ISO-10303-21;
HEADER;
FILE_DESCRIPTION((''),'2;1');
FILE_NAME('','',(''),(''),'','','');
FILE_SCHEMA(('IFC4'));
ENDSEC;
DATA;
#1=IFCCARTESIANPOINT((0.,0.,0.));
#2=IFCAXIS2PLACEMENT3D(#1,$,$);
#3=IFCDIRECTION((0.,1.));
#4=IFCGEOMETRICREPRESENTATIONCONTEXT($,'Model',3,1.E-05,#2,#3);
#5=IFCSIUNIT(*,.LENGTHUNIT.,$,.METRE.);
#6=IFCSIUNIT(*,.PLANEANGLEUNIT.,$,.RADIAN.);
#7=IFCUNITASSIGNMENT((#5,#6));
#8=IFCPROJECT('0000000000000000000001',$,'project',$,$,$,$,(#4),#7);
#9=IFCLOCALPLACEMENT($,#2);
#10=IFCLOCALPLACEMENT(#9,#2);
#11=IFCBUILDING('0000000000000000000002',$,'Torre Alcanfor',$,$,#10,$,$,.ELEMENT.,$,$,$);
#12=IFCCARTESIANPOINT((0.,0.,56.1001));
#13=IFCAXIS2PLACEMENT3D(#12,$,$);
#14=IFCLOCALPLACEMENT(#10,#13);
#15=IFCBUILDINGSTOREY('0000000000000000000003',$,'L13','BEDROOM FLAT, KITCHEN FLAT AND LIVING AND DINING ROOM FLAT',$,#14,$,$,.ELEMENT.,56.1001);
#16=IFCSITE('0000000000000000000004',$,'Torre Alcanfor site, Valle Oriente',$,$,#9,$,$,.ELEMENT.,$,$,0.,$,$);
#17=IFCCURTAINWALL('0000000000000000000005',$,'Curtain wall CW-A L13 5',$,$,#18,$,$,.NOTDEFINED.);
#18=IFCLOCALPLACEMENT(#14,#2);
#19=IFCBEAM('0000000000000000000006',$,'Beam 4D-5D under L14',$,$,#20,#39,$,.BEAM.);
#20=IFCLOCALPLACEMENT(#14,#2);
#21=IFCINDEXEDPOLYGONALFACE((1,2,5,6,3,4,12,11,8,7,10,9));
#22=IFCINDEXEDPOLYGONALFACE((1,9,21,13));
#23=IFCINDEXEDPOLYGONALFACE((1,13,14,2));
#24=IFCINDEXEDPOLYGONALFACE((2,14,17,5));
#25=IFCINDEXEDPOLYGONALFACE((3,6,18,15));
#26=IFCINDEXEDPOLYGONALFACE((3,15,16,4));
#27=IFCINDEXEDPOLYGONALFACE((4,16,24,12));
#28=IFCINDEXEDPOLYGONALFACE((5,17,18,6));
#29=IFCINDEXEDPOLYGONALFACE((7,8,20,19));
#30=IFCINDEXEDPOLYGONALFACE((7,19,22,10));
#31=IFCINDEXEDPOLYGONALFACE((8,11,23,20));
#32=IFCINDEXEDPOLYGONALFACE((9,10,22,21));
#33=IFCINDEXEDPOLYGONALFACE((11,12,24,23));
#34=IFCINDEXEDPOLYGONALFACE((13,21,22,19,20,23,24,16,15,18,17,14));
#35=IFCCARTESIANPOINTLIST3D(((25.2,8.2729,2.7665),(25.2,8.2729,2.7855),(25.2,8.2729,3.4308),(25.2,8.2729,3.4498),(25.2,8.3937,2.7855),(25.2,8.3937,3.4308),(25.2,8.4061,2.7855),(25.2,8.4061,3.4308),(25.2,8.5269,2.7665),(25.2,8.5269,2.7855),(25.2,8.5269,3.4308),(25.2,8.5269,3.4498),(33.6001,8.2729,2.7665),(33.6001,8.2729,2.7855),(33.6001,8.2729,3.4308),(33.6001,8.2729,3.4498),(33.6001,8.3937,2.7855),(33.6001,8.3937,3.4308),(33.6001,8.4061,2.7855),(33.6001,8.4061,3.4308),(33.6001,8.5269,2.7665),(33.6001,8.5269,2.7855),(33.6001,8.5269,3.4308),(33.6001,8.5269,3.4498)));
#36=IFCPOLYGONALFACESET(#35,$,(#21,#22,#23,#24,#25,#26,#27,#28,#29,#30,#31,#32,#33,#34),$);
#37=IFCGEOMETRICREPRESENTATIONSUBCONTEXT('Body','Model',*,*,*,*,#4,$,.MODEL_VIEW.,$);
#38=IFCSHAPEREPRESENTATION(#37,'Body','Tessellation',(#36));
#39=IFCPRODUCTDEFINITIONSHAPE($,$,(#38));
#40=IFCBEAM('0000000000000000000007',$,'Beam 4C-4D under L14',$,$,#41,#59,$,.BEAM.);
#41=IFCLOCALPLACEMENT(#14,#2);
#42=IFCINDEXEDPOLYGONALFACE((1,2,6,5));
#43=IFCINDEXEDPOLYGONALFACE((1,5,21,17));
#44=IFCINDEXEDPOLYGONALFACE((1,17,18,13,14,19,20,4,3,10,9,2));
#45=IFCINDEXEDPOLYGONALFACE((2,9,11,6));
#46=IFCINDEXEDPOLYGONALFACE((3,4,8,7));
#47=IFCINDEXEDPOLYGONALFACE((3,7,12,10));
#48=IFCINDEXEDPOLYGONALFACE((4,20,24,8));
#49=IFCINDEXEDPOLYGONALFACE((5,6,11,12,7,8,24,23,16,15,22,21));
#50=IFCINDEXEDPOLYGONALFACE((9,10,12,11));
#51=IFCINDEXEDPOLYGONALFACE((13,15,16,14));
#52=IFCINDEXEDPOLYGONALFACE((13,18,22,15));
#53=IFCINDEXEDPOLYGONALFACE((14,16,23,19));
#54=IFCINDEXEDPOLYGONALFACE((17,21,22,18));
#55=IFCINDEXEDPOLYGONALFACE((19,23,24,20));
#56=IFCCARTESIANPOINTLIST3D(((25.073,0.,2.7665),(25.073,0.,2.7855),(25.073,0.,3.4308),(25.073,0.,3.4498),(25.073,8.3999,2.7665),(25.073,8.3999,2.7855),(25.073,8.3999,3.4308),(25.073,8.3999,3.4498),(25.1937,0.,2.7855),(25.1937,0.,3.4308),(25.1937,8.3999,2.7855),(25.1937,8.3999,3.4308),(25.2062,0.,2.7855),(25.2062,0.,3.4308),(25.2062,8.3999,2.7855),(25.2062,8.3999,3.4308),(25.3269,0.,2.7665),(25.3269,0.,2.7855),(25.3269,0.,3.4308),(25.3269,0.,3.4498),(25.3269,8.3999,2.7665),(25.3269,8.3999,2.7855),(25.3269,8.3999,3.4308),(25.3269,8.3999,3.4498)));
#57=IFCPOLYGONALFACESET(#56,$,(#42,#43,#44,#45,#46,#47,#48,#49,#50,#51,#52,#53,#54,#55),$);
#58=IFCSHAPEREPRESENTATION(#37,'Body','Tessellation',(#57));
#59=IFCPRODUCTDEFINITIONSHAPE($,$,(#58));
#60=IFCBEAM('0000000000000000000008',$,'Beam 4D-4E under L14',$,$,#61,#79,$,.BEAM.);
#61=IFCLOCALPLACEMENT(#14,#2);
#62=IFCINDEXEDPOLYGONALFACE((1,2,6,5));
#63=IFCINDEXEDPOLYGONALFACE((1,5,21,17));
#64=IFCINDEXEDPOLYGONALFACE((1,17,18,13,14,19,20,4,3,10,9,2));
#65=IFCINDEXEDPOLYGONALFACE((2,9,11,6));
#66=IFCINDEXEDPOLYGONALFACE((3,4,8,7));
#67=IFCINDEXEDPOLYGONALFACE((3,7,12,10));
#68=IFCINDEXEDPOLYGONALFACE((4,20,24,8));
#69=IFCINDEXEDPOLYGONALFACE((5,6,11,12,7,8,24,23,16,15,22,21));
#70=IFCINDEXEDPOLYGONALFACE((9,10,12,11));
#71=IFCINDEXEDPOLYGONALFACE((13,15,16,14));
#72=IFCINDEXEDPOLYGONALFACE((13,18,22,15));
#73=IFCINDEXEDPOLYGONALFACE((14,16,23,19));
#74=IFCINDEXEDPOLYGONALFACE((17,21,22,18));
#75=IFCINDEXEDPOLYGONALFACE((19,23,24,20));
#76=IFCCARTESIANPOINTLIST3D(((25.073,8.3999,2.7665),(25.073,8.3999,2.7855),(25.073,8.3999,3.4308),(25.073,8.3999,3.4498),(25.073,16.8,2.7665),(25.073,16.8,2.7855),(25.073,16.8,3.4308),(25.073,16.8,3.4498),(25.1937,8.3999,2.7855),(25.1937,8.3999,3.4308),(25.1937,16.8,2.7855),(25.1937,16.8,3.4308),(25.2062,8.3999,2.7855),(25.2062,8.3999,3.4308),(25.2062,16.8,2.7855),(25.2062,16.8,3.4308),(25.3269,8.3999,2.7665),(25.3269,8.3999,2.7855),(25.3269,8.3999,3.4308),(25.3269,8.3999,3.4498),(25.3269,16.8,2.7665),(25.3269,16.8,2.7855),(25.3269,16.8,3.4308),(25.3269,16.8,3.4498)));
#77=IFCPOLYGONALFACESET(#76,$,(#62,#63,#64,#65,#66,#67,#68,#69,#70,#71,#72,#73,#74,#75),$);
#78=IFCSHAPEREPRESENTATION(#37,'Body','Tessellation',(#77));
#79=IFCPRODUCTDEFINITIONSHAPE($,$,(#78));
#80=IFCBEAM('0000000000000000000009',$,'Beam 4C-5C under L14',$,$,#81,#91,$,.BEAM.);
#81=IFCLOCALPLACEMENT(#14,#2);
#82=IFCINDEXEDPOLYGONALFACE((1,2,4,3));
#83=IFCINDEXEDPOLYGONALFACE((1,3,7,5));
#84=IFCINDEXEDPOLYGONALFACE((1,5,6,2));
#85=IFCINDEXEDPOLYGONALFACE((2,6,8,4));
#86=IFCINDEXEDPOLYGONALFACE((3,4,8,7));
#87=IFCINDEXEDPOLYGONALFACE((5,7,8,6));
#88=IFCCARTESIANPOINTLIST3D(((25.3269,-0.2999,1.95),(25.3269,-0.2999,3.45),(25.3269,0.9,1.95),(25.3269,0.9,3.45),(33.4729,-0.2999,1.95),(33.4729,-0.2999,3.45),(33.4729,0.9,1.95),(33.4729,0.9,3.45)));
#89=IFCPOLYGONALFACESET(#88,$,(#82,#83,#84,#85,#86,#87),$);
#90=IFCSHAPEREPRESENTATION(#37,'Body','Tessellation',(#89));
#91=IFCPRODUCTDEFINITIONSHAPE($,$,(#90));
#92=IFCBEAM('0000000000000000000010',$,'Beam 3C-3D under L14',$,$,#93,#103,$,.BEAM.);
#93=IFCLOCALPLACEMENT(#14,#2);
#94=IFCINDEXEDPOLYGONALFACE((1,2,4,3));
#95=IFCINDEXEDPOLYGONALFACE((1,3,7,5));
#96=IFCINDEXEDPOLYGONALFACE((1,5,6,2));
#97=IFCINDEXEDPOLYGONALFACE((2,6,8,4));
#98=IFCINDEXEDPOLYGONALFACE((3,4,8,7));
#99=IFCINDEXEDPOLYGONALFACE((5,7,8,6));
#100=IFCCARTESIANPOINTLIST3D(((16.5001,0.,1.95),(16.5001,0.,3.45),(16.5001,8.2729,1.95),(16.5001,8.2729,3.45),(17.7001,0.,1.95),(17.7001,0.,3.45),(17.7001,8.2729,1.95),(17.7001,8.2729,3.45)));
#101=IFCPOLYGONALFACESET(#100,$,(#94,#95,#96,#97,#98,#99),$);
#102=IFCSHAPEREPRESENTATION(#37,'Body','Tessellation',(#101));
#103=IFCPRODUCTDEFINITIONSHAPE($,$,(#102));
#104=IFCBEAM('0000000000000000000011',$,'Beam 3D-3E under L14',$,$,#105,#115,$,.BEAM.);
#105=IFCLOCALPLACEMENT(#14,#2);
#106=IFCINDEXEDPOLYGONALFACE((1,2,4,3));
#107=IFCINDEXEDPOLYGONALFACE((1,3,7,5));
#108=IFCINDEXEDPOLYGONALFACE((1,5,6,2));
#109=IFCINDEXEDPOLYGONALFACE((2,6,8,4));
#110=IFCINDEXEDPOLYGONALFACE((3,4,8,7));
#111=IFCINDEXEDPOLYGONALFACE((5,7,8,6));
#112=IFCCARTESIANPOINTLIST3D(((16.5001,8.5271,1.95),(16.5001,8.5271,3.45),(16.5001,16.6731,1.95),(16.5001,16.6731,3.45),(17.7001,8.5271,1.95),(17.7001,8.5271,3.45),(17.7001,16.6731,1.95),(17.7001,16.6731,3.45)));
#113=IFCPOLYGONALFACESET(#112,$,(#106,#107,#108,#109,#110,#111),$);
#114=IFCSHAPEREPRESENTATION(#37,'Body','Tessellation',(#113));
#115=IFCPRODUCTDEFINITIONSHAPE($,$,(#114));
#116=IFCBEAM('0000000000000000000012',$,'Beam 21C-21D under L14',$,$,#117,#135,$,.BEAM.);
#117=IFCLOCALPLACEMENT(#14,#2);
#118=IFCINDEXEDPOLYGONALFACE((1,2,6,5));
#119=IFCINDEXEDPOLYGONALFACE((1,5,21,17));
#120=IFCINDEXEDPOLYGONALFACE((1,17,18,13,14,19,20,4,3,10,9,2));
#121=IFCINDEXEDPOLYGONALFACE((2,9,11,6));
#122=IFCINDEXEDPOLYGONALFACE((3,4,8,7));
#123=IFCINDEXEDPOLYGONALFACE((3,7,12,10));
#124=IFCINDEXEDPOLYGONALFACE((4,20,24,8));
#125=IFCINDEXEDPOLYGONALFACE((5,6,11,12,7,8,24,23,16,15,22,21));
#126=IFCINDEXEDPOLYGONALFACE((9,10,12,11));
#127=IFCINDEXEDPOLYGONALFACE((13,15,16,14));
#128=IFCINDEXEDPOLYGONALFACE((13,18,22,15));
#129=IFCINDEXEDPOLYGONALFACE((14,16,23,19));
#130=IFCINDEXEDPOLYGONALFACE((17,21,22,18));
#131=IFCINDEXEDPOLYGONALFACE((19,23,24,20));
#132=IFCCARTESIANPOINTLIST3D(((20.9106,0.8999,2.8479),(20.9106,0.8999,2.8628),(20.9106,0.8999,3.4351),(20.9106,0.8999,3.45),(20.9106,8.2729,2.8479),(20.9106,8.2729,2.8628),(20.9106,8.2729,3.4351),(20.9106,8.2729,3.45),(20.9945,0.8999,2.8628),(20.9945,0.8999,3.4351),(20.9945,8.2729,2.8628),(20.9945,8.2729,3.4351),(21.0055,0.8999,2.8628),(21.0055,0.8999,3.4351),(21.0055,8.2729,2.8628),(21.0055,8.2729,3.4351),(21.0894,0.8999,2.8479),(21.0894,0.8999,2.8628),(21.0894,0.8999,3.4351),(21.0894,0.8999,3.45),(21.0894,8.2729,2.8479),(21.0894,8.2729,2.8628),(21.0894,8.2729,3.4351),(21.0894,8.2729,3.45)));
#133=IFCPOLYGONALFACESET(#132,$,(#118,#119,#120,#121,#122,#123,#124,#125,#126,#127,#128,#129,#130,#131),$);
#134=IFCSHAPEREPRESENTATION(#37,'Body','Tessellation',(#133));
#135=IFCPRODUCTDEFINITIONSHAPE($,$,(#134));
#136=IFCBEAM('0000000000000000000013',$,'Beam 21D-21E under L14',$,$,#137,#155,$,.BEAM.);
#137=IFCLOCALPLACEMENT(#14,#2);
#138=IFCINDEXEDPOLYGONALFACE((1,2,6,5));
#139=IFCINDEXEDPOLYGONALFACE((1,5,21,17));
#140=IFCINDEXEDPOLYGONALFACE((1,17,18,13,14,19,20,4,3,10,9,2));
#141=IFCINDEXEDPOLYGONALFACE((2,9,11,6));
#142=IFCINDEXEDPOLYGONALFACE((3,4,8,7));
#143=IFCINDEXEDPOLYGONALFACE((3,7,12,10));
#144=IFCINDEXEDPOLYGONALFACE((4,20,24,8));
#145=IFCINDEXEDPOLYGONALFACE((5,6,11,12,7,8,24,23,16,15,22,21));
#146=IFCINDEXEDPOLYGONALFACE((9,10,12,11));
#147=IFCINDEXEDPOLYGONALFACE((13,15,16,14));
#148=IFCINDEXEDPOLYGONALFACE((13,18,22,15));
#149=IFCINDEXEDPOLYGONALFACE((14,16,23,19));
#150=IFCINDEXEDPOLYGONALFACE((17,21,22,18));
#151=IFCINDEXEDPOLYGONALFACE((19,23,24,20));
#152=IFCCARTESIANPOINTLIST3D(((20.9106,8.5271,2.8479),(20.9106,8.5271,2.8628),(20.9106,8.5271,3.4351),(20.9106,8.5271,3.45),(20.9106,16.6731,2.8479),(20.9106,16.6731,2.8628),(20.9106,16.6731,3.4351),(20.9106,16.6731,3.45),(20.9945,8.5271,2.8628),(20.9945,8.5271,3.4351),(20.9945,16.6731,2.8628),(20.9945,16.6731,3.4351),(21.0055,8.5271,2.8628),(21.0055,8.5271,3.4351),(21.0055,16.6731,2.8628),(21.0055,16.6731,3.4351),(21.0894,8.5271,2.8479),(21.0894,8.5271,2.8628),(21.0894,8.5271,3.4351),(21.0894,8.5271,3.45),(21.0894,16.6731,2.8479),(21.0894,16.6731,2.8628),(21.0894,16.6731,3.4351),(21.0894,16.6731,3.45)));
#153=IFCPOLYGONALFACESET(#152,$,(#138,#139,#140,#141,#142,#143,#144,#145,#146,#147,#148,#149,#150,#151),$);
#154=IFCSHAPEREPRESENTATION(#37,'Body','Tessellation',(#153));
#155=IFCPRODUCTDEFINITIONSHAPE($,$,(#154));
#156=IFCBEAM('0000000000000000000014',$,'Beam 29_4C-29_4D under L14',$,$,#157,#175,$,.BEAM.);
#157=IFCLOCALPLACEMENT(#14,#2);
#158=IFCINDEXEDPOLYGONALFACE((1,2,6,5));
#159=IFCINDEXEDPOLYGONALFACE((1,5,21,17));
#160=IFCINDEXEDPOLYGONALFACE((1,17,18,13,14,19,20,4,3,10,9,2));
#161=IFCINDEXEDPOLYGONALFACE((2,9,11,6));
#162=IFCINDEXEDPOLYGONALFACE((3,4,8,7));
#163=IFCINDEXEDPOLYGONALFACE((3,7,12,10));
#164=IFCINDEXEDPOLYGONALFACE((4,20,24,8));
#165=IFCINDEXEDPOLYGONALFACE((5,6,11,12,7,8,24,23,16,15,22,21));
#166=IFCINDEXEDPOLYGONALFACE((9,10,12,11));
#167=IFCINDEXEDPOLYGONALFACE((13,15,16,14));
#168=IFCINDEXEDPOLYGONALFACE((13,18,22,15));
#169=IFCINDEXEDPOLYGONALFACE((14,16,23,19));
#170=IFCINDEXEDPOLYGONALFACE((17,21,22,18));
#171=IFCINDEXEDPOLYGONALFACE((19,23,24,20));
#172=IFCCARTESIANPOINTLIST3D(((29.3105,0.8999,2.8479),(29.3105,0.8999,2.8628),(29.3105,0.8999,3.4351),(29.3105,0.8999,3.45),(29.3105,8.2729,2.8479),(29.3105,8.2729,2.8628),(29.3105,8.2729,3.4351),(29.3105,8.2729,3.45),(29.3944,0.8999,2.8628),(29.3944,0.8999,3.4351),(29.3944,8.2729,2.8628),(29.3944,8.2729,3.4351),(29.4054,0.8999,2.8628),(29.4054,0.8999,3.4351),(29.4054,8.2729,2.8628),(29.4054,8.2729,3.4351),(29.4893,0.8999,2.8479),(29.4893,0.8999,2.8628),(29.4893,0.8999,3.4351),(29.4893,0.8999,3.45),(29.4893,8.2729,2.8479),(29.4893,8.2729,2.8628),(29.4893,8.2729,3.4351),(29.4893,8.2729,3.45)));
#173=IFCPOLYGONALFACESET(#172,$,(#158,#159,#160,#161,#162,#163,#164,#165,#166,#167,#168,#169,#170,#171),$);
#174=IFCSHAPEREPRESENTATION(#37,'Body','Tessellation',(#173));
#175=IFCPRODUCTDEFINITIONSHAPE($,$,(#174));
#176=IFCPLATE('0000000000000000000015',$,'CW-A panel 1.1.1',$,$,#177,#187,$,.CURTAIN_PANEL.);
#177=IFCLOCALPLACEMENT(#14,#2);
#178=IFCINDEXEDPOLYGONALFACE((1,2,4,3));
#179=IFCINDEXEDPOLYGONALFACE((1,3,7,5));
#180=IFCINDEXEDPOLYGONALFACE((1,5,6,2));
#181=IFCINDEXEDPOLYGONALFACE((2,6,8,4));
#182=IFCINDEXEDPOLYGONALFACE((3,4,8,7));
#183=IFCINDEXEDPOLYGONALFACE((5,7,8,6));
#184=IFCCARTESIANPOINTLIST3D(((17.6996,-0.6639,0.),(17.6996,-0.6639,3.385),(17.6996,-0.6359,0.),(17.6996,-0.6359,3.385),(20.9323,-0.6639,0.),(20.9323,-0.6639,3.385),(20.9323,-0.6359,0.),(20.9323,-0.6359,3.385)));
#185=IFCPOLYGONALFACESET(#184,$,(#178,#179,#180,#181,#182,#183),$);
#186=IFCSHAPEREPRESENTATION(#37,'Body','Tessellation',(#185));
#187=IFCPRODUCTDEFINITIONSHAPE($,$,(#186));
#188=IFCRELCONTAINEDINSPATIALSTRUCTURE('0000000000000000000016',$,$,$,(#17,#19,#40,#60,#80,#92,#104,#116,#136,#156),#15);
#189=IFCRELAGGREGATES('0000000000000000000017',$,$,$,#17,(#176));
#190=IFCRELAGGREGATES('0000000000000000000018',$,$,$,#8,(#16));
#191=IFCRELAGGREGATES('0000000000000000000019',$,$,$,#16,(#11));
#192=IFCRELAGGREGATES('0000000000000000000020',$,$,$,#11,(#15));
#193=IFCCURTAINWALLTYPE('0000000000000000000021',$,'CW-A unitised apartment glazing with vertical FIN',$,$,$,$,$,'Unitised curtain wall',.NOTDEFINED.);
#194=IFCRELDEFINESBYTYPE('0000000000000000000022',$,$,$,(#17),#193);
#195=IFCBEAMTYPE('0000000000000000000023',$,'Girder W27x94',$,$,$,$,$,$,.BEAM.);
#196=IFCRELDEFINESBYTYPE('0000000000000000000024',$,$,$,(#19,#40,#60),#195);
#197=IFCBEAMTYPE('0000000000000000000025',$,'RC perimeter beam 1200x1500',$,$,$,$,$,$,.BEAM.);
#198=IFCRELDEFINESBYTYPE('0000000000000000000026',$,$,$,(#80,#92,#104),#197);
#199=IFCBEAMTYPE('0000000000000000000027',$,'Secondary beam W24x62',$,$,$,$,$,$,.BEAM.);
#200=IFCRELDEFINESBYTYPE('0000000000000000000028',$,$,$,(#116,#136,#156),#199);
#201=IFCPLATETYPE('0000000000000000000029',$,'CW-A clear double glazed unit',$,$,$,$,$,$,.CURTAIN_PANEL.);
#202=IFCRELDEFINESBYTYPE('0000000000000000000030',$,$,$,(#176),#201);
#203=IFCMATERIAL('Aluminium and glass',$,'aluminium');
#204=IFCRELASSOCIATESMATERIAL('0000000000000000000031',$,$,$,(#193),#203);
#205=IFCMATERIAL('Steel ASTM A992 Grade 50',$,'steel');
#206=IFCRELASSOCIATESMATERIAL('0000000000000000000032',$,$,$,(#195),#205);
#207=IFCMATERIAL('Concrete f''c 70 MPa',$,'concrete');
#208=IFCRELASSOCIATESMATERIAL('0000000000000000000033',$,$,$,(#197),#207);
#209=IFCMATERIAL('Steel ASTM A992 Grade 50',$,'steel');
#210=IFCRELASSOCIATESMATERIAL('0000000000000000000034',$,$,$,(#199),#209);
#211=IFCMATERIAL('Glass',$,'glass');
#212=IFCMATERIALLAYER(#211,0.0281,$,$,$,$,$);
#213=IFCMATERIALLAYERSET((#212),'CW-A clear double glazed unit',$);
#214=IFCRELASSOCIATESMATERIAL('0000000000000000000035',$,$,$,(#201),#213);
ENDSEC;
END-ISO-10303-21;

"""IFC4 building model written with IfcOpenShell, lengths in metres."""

from ifc_helpers import new_model, si_unit, direction, frame, origin, origin_2d, place, context, subcontext, project, spatial, rectangle, i_section, extrude, material, layer, layer_set, material_profile, profile_set, type_object, element, aggregate, save


model = new_model("IFC4")

# Units and contexts
model_context = context("Model", 3, precision=1e-05, world=origin(), true_north=direction((0.0, 1.0)))
body_context = subcontext(model_context, "Body", "Model", "MODEL_VIEW")
ifc_project = project(units=[si_unit("LENGTHUNIT", "METRE"), si_unit("PLANEANGLEUNIT", "RADIAN")], contexts=[model_context])

# Site, building, storey
site_placement = place(None, origin())
site = spatial("IfcSite", under=ifc_project, at=site_placement, Name="Torre Alcanfor site, Valle Oriente", CompositionType="ELEMENT", RefElevation=0.0)
building_placement = place(site_placement, origin())
building = spatial("IfcBuilding", under=site, at=building_placement, Name="Torre Alcanfor", CompositionType="ELEMENT")
storey_placement = place(building_placement, frame((0.0, 0.0, 56.1001)))
storey = spatial("IfcBuildingStorey", under=building, at=storey_placement, Name="L13", Description="BEDROOM FLAT, KITCHEN FLAT AND LIVING AND DINING ROOM FLAT", CompositionType="ELEMENT", Elevation=56.1001)

# Curtain wall
ifc_material_1 = material(Name="Aluminium and glass", Category="aluminium")
curtain_wall_type = type_object("IfcCurtainWallType", Name="CW-A unitised apartment glazing with vertical FIN", ElementType="Unitised curtain wall", PredefinedType="NOTDEFINED", material=ifc_material_1)
curtain_wall_placement = place(storey_placement, origin())
curtain_wall = element("IfcCurtainWall", 1, at=curtain_wall_placement, inside=storey, type_object=curtain_wall_type, Name="Curtain wall CW-A L13 5", PredefinedType="NOTDEFINED")

# Beams
ifc_material_2 = material(Name="Steel ASTM A992 Grade 50", Category="steel")
ifc_material_profile_1 = material_profile(ifc_material_2, i_section(OverallWidth=0.2539, OverallDepth=0.6833, WebThickness=0.0125, FlangeThickness=0.019, at=origin_2d()), Name="W27x94")
ifc_profile_set_1 = profile_set([ifc_material_profile_1], Name="Steel ASTM A992 Grade 50")
beam_type_1 = type_object("IfcBeamType", Name="Girder W27x94", PredefinedType="BEAM", material=ifc_profile_set_1)
beam_1_placement = place(storey_placement, frame((25.2, 8.3999, 3.1082), z_axis=(1.0, 0.0, 0.0), x_axis=(0.0, 1.0, 0.0)))
element("IfcBeam", 2, at=beam_1_placement, inside=storey, type_object=beam_type_1, Name="Beam 4D-5D under L14", PredefinedType="BEAM", context=body_context, shape_type="SweptSolid", body=[
    extrude(i_section(OverallWidth=0.2539, OverallDepth=0.6833, WebThickness=0.0125, FlangeThickness=0.019, at=origin_2d()), origin(), (0.0, 0.0, 1.0), 8.4001),
])
beam_2_placement = place(storey_placement, frame((25.2, 0.0, 3.1082), z_axis=(0.0, 1.0, 0.0), x_axis=(-1.0, 0.0, 0.0)))
element("IfcBeam", 3, at=beam_2_placement, inside=storey, type_object=beam_type_1, Name="Beam 4C-4D under L14", PredefinedType="BEAM", context=body_context, shape_type="SweptSolid", body=[
    extrude(i_section(OverallWidth=0.2539, OverallDepth=0.6833, WebThickness=0.0125, FlangeThickness=0.019, at=origin_2d()), origin(), (0.0, 0.0, 1.0), 8.3999),
])
beam_3_placement = place(storey_placement, frame((25.2, 8.3999, 3.1082), z_axis=(0.0, 1.0, 0.0), x_axis=(-1.0, 0.0, 0.0)))
element("IfcBeam", 4, at=beam_3_placement, inside=storey, type_object=beam_type_1, Name="Beam 4D-4E under L14", PredefinedType="BEAM", context=body_context, shape_type="SweptSolid", body=[
    extrude(i_section(OverallWidth=0.2539, OverallDepth=0.6833, WebThickness=0.0125, FlangeThickness=0.019, at=origin_2d()), origin(), (0.0, 0.0, 1.0), 8.4001),
])
ifc_material_3 = material(Name="Concrete f'c 70 MPa", Category="concrete")
ifc_material_profile_2 = material_profile(ifc_material_3, rectangle(XDim=1.2, YDim=1.5, at=origin_2d()), Name="1200x1500")
ifc_profile_set_2 = profile_set([ifc_material_profile_2], Name="Concrete f'c 70 MPa")
beam_type_2 = type_object("IfcBeamType", Name="RC perimeter beam 1200x1500", PredefinedType="BEAM", material=ifc_profile_set_2)
beam_4_placement = place(storey_placement, frame((25.3269, 0.3, 2.7), z_axis=(1.0, 0.0, 0.0), x_axis=(0.0, 1.0, 0.0)))
element("IfcBeam", 5, at=beam_4_placement, inside=storey, type_object=beam_type_2, Name="Beam 4C-5C under L14", PredefinedType="BEAM", context=body_context, shape_type="SweptSolid", body=[
    extrude(rectangle(XDim=1.2, YDim=1.5, at=origin_2d()), origin(), (0.0, 0.0, 1.0), 8.146),
])
beam_5_placement = place(storey_placement, frame((17.1001, 0.0, 2.7), z_axis=(0.0, 1.0, 0.0), x_axis=(-1.0, 0.0, 0.0)))
element("IfcBeam", 6, at=beam_5_placement, inside=storey, type_object=beam_type_2, Name="Beam 3C-3D under L14", PredefinedType="BEAM", context=body_context, shape_type="SweptSolid", body=[
    extrude(rectangle(XDim=1.2, YDim=1.5, at=origin_2d()), origin(), (0.0, 0.0, 1.0), 8.2729),
])
beam_6_placement = place(storey_placement, frame((17.1001, 8.5271, 2.7), z_axis=(0.0, 1.0, 0.0), x_axis=(-1.0, 0.0, 0.0)))
element("IfcBeam", 7, at=beam_6_placement, inside=storey, type_object=beam_type_2, Name="Beam 3D-3E under L14", PredefinedType="BEAM", context=body_context, shape_type="SweptSolid", body=[
    extrude(rectangle(XDim=1.2, YDim=1.5, at=origin_2d()), origin(), (0.0, 0.0, 1.0), 8.146),
])
ifc_material_4 = material(Name="Steel ASTM A992 Grade 50", Category="steel")
ifc_material_profile_3 = material_profile(ifc_material_4, i_section(OverallWidth=0.1787, OverallDepth=0.6021, WebThickness=0.011, FlangeThickness=0.0149, at=origin_2d()), Name="W24x62")
ifc_profile_set_3 = profile_set([ifc_material_profile_3], Name="Steel ASTM A992 Grade 50")
beam_type_3 = type_object("IfcBeamType", Name="Secondary beam W24x62", PredefinedType="BEAM", material=ifc_profile_set_3)
beam_7_placement = place(storey_placement, frame((21.0, 0.8999, 3.1489), z_axis=(0.0, 1.0, 0.0), x_axis=(-1.0, 0.0, 0.0)))
element("IfcBeam", 8, at=beam_7_placement, inside=storey, type_object=beam_type_3, Name="Beam 21C-21D under L14", PredefinedType="BEAM", context=body_context, shape_type="SweptSolid", body=[
    extrude(i_section(OverallWidth=0.1787, OverallDepth=0.6021, WebThickness=0.011, FlangeThickness=0.0149, at=origin_2d()), origin(), (0.0, 0.0, 1.0), 7.373),
])
beam_8_placement = place(storey_placement, frame((21.0, 8.5271, 3.1489), z_axis=(0.0, 1.0, 0.0), x_axis=(-1.0, 0.0, 0.0)))
element("IfcBeam", 9, at=beam_8_placement, inside=storey, type_object=beam_type_3, Name="Beam 21D-21E under L14", PredefinedType="BEAM", context=body_context, shape_type="SweptSolid", body=[
    extrude(i_section(OverallWidth=0.1787, OverallDepth=0.6021, WebThickness=0.011, FlangeThickness=0.0149, at=origin_2d()), origin(), (0.0, 0.0, 1.0), 8.146),
])
beam_9_placement = place(storey_placement, frame((29.3999, 0.8999, 3.1489), z_axis=(0.0, 1.0, 0.0), x_axis=(-1.0, 0.0, 0.0)))
element("IfcBeam", 10, at=beam_9_placement, inside=storey, type_object=beam_type_3, Name="Beam 29_4C-29_4D under L14", PredefinedType="BEAM", context=body_context, shape_type="SweptSolid", body=[
    extrude(i_section(OverallWidth=0.1787, OverallDepth=0.6021, WebThickness=0.011, FlangeThickness=0.0149, at=origin_2d()), origin(), (0.0, 0.0, 1.0), 7.373),
])

# Plate
ifc_material_5 = material(Name="Glass", Category="glass")
ifc_layer_1 = layer(ifc_material_5, 0.0281)
ifc_layer_set_1 = layer_set([ifc_layer_1], Name="CW-A clear double glazed unit")
plate_type = type_object("IfcPlateType", Name="CW-A clear double glazed unit", PredefinedType="CURTAIN_PANEL", material=ifc_layer_set_1)
plate_1_placement = place(storey_placement, frame((19.3159, -0.6499, 0.0), z_axis=(0.0, 0.0, 1.0), x_axis=(1.0, 0.0, 0.0)))
plate_1 = element("IfcPlate", 11, at=plate_1_placement, type_object=plate_type, Name="CW-A panel 1.1.1", PredefinedType="CURTAIN_PANEL", context=body_context, shape_type="SweptSolid", body=[
    extrude(rectangle(XDim=3.2327, YDim=0.0281, at=origin_2d()), origin(), (0.0, 0.0, 1.0), 3.385),
])
aggregate(curtain_wall, [plate_1])

save(model, "model.ifc")
